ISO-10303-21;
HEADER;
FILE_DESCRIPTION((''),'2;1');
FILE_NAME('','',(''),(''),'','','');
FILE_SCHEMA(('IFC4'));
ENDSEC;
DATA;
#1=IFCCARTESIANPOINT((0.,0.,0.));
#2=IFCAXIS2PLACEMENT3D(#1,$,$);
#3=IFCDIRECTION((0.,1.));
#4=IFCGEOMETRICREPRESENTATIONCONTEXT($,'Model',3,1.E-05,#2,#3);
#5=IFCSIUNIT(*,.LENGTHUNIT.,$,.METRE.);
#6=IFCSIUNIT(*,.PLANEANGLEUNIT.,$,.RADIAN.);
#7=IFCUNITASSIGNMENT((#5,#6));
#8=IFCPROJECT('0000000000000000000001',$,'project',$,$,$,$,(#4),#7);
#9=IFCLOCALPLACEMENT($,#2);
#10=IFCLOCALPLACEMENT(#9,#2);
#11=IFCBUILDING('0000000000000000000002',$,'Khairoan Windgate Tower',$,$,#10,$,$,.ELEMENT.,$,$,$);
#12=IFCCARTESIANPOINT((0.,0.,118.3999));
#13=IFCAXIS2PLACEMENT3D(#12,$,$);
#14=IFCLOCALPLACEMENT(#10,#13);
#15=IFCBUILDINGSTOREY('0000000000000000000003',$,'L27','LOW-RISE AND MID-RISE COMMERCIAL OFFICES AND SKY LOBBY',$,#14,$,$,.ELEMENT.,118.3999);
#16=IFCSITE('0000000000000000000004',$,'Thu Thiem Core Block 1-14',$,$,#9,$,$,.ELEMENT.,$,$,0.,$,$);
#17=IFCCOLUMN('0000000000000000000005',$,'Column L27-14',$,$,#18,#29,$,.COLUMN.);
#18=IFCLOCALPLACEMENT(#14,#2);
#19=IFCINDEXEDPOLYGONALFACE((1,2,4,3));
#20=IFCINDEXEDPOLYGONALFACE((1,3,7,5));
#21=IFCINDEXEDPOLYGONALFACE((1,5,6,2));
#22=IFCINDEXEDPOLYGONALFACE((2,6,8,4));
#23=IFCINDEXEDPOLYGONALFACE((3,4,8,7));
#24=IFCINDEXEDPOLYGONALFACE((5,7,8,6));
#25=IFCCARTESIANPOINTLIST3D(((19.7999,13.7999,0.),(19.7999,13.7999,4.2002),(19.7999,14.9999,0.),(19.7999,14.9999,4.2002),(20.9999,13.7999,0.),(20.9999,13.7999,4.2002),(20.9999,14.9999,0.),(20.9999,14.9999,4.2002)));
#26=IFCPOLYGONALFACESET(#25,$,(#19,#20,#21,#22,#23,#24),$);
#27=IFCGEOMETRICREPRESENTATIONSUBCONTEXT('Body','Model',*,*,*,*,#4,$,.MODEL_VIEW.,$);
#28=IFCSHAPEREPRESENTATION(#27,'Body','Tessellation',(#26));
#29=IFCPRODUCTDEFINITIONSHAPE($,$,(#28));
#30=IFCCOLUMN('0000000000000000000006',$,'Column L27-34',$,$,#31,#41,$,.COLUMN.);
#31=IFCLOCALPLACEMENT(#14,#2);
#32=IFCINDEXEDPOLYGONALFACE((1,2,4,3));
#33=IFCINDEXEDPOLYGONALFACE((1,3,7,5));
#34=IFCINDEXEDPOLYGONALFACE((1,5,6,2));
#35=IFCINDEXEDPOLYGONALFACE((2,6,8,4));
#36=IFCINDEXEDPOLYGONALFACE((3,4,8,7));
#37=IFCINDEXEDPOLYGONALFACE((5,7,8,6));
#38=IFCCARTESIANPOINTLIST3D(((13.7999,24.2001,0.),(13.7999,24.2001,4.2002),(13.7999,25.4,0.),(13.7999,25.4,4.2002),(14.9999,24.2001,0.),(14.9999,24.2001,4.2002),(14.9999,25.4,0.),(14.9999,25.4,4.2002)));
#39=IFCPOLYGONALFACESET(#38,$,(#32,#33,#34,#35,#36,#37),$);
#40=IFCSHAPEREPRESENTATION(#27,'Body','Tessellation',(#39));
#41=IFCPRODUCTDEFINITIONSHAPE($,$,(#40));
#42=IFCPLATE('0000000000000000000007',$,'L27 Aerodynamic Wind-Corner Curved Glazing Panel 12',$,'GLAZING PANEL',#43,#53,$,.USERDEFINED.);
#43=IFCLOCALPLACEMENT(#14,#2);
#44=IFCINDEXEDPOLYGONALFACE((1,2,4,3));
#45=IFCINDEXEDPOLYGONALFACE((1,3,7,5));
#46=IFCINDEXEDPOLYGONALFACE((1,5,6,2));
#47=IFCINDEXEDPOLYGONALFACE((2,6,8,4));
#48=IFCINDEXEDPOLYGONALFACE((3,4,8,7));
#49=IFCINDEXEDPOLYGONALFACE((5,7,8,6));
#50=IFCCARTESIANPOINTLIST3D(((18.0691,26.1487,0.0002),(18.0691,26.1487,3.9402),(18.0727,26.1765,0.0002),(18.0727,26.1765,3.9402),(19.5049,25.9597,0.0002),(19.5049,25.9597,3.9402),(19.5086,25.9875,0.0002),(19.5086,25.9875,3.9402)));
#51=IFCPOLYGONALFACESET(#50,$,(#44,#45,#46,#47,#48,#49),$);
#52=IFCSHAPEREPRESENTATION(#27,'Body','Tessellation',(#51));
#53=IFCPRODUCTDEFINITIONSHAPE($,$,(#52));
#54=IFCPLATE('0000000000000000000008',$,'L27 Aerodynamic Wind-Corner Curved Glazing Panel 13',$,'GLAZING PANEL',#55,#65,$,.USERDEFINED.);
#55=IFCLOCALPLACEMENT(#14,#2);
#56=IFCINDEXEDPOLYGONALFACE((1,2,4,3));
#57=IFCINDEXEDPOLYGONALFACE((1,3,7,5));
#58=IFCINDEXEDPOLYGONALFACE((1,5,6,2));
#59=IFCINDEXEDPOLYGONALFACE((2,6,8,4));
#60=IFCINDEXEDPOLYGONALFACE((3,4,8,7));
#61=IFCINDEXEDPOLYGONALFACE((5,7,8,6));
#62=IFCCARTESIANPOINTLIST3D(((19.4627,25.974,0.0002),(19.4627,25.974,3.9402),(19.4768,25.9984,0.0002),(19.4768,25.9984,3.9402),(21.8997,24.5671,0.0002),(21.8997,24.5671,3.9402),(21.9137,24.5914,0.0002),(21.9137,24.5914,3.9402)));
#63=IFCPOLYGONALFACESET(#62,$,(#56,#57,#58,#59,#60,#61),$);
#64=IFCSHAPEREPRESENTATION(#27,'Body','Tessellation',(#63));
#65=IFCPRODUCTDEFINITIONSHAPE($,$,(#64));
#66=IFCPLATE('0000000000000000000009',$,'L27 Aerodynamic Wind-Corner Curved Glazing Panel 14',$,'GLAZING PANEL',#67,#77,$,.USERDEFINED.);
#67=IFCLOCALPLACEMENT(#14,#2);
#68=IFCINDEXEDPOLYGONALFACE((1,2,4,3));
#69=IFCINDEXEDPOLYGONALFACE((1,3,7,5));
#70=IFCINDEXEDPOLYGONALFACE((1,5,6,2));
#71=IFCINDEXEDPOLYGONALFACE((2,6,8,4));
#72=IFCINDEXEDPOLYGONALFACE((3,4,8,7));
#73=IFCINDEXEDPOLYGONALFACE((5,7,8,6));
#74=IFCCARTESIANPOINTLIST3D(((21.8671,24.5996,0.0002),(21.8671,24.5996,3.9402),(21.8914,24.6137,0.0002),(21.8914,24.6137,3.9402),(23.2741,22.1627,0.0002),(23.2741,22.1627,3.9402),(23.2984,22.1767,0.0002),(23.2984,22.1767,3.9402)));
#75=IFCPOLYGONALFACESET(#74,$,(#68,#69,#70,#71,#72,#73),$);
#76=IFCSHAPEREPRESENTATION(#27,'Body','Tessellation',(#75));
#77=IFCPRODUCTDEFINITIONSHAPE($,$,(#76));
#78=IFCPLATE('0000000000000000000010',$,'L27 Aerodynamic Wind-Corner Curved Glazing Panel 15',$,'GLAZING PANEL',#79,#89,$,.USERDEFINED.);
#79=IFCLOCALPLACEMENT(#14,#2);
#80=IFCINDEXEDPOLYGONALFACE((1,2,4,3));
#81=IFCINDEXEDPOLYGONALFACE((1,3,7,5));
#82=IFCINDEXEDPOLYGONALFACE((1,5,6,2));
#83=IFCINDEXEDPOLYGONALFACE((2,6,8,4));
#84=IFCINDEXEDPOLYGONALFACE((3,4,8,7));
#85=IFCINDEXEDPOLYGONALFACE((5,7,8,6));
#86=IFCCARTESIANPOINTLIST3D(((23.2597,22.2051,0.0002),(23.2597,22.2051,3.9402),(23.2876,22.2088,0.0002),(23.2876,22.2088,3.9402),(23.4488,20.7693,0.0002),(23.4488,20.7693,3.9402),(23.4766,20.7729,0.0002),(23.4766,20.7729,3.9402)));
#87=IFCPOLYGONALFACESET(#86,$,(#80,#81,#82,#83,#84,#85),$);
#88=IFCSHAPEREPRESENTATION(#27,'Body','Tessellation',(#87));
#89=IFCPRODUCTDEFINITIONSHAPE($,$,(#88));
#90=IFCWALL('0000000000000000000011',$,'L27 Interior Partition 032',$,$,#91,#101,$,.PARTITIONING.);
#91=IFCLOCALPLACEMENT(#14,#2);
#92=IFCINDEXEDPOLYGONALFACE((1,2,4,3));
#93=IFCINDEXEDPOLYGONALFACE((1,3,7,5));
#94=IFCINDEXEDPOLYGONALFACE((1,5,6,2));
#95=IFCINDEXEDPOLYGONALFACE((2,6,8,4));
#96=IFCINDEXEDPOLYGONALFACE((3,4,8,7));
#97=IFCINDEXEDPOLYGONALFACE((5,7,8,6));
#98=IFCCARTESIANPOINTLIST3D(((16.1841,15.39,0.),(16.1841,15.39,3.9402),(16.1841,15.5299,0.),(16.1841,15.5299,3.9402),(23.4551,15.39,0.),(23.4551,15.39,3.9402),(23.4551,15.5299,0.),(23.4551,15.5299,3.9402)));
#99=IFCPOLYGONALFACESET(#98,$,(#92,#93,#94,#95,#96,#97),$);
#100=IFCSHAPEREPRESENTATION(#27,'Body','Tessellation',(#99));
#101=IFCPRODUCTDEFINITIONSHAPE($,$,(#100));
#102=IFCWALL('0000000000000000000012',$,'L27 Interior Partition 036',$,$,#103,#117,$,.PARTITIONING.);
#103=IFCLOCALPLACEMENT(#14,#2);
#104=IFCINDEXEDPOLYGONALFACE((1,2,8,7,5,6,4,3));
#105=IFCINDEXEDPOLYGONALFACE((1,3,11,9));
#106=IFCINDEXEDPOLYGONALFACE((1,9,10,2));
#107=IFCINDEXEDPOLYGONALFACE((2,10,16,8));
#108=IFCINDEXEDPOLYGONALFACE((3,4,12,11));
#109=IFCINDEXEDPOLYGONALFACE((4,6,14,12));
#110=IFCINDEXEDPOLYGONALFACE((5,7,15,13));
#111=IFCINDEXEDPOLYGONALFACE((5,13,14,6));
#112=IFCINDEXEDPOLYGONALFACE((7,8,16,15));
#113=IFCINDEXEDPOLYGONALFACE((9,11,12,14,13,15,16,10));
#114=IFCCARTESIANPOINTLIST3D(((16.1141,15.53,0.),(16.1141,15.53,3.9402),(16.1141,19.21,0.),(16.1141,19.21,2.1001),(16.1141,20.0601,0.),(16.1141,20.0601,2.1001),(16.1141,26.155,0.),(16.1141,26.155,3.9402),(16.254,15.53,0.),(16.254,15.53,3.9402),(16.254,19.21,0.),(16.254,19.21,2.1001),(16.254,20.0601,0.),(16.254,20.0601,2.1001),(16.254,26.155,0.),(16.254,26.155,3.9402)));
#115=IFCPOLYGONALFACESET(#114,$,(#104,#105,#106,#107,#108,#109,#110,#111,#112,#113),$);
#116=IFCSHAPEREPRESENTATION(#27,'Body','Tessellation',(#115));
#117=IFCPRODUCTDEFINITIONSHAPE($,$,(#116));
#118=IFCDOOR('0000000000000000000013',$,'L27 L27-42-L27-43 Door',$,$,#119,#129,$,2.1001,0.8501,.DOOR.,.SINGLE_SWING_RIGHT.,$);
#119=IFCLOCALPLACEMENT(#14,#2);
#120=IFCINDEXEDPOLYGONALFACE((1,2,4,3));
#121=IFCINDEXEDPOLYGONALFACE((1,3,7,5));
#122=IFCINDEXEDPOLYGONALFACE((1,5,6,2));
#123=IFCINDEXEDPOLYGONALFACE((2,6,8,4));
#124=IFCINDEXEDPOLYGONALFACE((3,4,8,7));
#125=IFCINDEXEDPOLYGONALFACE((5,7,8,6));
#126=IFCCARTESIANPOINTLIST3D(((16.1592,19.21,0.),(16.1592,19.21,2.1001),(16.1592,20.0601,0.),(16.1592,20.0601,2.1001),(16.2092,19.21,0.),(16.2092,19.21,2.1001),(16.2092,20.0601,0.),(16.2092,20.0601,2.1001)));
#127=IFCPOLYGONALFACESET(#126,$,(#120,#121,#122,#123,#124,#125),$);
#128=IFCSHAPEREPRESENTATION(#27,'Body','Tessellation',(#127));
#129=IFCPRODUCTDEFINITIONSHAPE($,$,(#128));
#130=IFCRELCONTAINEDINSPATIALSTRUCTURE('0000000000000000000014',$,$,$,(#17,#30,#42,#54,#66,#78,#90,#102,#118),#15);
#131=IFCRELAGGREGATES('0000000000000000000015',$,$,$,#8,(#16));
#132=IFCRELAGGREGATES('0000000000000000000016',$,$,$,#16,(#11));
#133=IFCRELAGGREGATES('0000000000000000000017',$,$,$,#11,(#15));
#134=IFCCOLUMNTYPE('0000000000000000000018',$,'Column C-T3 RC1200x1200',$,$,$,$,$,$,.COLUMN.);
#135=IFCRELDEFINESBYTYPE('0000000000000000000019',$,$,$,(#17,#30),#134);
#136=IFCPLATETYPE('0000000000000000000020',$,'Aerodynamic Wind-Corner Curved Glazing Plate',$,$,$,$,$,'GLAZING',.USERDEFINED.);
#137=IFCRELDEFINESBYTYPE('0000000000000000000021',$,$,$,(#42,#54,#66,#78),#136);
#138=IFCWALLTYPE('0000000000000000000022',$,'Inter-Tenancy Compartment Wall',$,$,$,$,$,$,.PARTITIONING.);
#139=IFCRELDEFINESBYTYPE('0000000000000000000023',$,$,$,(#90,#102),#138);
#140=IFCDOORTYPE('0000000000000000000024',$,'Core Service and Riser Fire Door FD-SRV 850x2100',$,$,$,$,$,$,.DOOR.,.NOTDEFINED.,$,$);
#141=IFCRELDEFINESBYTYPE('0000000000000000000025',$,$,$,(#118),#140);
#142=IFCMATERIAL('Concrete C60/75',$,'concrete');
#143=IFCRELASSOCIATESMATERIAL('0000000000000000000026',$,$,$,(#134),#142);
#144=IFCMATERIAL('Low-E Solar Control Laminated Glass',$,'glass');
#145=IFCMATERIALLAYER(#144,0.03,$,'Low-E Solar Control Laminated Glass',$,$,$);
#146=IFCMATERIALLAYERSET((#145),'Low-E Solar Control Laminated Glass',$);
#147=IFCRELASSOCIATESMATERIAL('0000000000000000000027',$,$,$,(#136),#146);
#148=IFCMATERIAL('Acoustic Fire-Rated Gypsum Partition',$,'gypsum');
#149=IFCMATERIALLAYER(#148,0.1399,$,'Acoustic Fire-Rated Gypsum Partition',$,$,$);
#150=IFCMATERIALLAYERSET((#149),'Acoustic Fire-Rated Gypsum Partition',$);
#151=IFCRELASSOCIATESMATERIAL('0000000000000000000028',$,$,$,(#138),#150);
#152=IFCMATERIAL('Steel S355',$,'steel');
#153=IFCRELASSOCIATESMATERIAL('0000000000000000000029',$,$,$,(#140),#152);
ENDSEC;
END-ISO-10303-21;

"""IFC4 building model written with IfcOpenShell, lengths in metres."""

from ifc_helpers import new_model, si_unit, direction, frame, frame_2d, origin, origin_2d, place, context, subcontext, project, spatial, rectangle, extrude, material, layer, layer_set, material_profile, profile_set, type_object, element, fill, save


model = new_model("IFC4")

# Units and contexts
model_context = context("Model", 3, precision=1e-05, world=origin(), true_north=direction((0.0, 1.0)))
body_context = subcontext(model_context, "Body", "Model", "MODEL_VIEW")
ifc_project = project(units=[si_unit("LENGTHUNIT", "METRE"), si_unit("PLANEANGLEUNIT", "RADIAN")], contexts=[model_context])

# Site, building, storey
site_placement = place(None, origin())
site = spatial("IfcSite", under=ifc_project, at=site_placement, Name="Thu Thiem Core Block 1-14", CompositionType="ELEMENT", RefElevation=0.0)
building_placement = place(site_placement, origin())
building = spatial("IfcBuilding", under=site, at=building_placement, Name="Khairoan Windgate Tower", CompositionType="ELEMENT")
storey_placement = place(building_placement, frame((0.0, 0.0, 118.3999)))
storey = spatial("IfcBuildingStorey", under=building, at=storey_placement, Name="L27", Description="LOW-RISE AND MID-RISE COMMERCIAL OFFICES AND SKY LOBBY", CompositionType="ELEMENT", Elevation=118.3999)

# Columns
ifc_material_1 = material(Name="Concrete C60/75", Category="concrete")
ifc_material_profile_1 = material_profile(ifc_material_1, rectangle(XDim=1.2, YDim=1.2, at=origin_2d()))
ifc_profile_set_1 = profile_set([ifc_material_profile_1], Name="Concrete C60/75")
column_type = type_object("IfcColumnType", Name="Column C-T3 RC1200x1200", PredefinedType="COLUMN", material=ifc_profile_set_1)
for number, where, z_axis, x_axis, name in (
    (1, (20.3999, 14.3999, 0.0), (0.0, 0.0, 1.0), (1.0, 0.0, 0.0), "Column L27-14"),
    (2, (14.3999, 24.8, 0.0), (0.0, 0.0, 1.0), (1.0, 0.0, 0.0), "Column L27-34"),
):
    element("IfcColumn", number, at=place(storey_placement, frame(where, z_axis=z_axis, x_axis=x_axis)), inside=storey, type_object=column_type, Name=name, PredefinedType="COLUMN", context=body_context, shape_type="SweptSolid", body=[
        extrude(rectangle(XDim=1.2, YDim=1.2, at=origin_2d()), origin(), (0.0, 0.0, 1.0), 4.2002),
    ])

# Plates
ifc_material_2 = material(Name="Low-E Solar Control Laminated Glass", Category="glass")
ifc_layer_1 = layer(ifc_material_2, 0.03, Name="Low-E Solar Control Laminated Glass")
ifc_layer_set_1 = layer_set([ifc_layer_1], Name="Low-E Solar Control Laminated Glass")
plate_type_1 = type_object("IfcPlateType", Name="Aerodynamic Wind-Corner Curved Glazing Plate", ElementType="GLAZING", PredefinedType="USERDEFINED", material=ifc_layer_set_1)
plate_1_placement = place(storey_placement, frame((18.7888, 26.0681, 0.0002), z_axis=(0.0, 0.0, 1.0), x_axis=(0.991445, -0.130526, 0.0)))
element("IfcPlate", 3, at=plate_1_placement, inside=storey, type_object=plate_type_1, Name="L27 Aerodynamic Wind-Corner Curved Glazing Panel 12", ObjectType="GLAZING PANEL", PredefinedType="USERDEFINED", context=body_context, shape_type="SweptSolid", body=[
    extrude(rectangle(XDim=1.4482, YDim=0.0281, at=origin_2d()), origin(), (0.0, 0.0, 1.0), 3.9399),
])
for number, where, z_axis, x_axis, name in (
    (4, (20.6882, 25.2827, 0.0002), (0.0, 0.0, 1.0), (0.866025, -0.5, 0.0), "L27 Aerodynamic Wind-Corner Curved Glazing Panel 13"),
    (5, (22.5828, 23.3882, 0.0002), (0.0, 0.0, 1.0), (0.5, -0.866025, 0.0), "L27 Aerodynamic Wind-Corner Curved Glazing Panel 14"),
):
    element("IfcPlate", number, at=place(storey_placement, frame(where, z_axis=z_axis, x_axis=x_axis)), inside=storey, type_object=plate_type_1, Name=name, ObjectType="GLAZING PANEL", PredefinedType="USERDEFINED", context=body_context, shape_type="SweptSolid", body=[
        extrude(rectangle(XDim=2.814, YDim=0.0281, at=origin_2d()), origin(), (0.0, 0.0, 1.0), 3.9399),
    ])
plate_2_placement = place(storey_placement, frame((23.3682, 21.489, 0.0002), z_axis=(0.0, 0.0, 1.0), x_axis=(0.130526, -0.991445, 0.0)))
element("IfcPlate", 6, at=plate_2_placement, inside=storey, type_object=plate_type_1, Name="L27 Aerodynamic Wind-Corner Curved Glazing Panel 15", ObjectType="GLAZING PANEL", PredefinedType="USERDEFINED", context=body_context, shape_type="SweptSolid", body=[
    extrude(rectangle(XDim=1.4482, YDim=0.0281, at=origin_2d()), origin(), (0.0, 0.0, 1.0), 3.9399),
])

# Wall
ifc_material_3 = material(Name="Acoustic Fire-Rated Gypsum Partition", Category="gypsum")
ifc_layer_2 = layer(ifc_material_3, 0.1399, Name="Acoustic Fire-Rated Gypsum Partition")
ifc_layer_set_2 = layer_set([ifc_layer_2], Name="Acoustic Fire-Rated Gypsum Partition")
wall_type = type_object("IfcWallType", Name="Inter-Tenancy Compartment Wall", PredefinedType="PARTITIONING", material=ifc_layer_set_2)
wall_1_placement = place(storey_placement, frame((16.1841, 15.46, 0.0), z_axis=(0.0, 0.0, 1.0), x_axis=(1.0, 0.0, 0.0)))
element("IfcWall", 7, at=wall_1_placement, inside=storey, type_object=wall_type, Name="L27 Interior Partition 032", PredefinedType="PARTITIONING", context=body_context, shape_type="SweptSolid", body=[
    extrude(rectangle(XDim=7.271, YDim=0.1399, at=frame_2d((3.6355, 0.0))), origin(), (0.0, 0.0, 1.0), 3.9402),
])

# Wall, opening, door
wall_2_placement = place(storey_placement, frame((16.1841, 15.53, 0.0), z_axis=(0.0, 0.0, 1.0), x_axis=(0.0, 1.0, 0.0)))
wall_2 = element("IfcWall", 8, at=wall_2_placement, inside=storey, type_object=wall_type, Name="L27 Interior Partition 036", PredefinedType="PARTITIONING", context=body_context, shape_type="SweptSolid", body=[
    extrude(rectangle(XDim=10.625, YDim=0.1399, at=frame_2d((5.3125, 0.0))), origin(), (0.0, 0.0, 1.0), 3.9402),
])
opening_placement = place(wall_2_placement, frame((3.6799, 0.0, 0.0)))
opening = element("IfcOpeningElement", 9, at=opening_placement, cuts=wall_2, PredefinedType="OPENING", context=body_context, shape_type="SweptSolid", body=[
    extrude(rectangle(XDim=0.8501, YDim=2.1001, at=frame_2d((0.425, 1.05))), frame((0.0, 0.0798, 0.0), z_axis=(0.0, -1.0, 0.0), x_axis=(1.0, 0.0, 0.0)), (0.0, 0.0, 1.0), 0.1599),
])
ifc_material_4 = material(Name="Steel S355", Category="steel")
door_type = type_object("IfcDoorType", Name="Core Service and Riser Fire Door FD-SRV 850x2100", OperationType="NOTDEFINED", PredefinedType="DOOR", material=ifc_material_4)
door_placement = place(opening_placement, origin())
door = element("IfcDoor", 10, at=door_placement, inside=storey, type_object=door_type, Name="L27 L27-42-L27-43 Door", OperationType="SINGLE_SWING_RIGHT", OverallHeight=2.1001, OverallWidth=0.8501, PredefinedType="DOOR", context=body_context, shape_type="SweptSolid", body=[
    extrude(rectangle(XDim=0.8501, YDim=2.1001, at=frame_2d((0.425, 1.05))), frame((0.0, 0.0249, 0.0), z_axis=(0.0, -1.0, 0.0), x_axis=(1.0, 0.0, 0.0)), (0.0, 0.0, 1.0), 0.05),
])
fill(opening, door)

save(model, "model.ifc")
